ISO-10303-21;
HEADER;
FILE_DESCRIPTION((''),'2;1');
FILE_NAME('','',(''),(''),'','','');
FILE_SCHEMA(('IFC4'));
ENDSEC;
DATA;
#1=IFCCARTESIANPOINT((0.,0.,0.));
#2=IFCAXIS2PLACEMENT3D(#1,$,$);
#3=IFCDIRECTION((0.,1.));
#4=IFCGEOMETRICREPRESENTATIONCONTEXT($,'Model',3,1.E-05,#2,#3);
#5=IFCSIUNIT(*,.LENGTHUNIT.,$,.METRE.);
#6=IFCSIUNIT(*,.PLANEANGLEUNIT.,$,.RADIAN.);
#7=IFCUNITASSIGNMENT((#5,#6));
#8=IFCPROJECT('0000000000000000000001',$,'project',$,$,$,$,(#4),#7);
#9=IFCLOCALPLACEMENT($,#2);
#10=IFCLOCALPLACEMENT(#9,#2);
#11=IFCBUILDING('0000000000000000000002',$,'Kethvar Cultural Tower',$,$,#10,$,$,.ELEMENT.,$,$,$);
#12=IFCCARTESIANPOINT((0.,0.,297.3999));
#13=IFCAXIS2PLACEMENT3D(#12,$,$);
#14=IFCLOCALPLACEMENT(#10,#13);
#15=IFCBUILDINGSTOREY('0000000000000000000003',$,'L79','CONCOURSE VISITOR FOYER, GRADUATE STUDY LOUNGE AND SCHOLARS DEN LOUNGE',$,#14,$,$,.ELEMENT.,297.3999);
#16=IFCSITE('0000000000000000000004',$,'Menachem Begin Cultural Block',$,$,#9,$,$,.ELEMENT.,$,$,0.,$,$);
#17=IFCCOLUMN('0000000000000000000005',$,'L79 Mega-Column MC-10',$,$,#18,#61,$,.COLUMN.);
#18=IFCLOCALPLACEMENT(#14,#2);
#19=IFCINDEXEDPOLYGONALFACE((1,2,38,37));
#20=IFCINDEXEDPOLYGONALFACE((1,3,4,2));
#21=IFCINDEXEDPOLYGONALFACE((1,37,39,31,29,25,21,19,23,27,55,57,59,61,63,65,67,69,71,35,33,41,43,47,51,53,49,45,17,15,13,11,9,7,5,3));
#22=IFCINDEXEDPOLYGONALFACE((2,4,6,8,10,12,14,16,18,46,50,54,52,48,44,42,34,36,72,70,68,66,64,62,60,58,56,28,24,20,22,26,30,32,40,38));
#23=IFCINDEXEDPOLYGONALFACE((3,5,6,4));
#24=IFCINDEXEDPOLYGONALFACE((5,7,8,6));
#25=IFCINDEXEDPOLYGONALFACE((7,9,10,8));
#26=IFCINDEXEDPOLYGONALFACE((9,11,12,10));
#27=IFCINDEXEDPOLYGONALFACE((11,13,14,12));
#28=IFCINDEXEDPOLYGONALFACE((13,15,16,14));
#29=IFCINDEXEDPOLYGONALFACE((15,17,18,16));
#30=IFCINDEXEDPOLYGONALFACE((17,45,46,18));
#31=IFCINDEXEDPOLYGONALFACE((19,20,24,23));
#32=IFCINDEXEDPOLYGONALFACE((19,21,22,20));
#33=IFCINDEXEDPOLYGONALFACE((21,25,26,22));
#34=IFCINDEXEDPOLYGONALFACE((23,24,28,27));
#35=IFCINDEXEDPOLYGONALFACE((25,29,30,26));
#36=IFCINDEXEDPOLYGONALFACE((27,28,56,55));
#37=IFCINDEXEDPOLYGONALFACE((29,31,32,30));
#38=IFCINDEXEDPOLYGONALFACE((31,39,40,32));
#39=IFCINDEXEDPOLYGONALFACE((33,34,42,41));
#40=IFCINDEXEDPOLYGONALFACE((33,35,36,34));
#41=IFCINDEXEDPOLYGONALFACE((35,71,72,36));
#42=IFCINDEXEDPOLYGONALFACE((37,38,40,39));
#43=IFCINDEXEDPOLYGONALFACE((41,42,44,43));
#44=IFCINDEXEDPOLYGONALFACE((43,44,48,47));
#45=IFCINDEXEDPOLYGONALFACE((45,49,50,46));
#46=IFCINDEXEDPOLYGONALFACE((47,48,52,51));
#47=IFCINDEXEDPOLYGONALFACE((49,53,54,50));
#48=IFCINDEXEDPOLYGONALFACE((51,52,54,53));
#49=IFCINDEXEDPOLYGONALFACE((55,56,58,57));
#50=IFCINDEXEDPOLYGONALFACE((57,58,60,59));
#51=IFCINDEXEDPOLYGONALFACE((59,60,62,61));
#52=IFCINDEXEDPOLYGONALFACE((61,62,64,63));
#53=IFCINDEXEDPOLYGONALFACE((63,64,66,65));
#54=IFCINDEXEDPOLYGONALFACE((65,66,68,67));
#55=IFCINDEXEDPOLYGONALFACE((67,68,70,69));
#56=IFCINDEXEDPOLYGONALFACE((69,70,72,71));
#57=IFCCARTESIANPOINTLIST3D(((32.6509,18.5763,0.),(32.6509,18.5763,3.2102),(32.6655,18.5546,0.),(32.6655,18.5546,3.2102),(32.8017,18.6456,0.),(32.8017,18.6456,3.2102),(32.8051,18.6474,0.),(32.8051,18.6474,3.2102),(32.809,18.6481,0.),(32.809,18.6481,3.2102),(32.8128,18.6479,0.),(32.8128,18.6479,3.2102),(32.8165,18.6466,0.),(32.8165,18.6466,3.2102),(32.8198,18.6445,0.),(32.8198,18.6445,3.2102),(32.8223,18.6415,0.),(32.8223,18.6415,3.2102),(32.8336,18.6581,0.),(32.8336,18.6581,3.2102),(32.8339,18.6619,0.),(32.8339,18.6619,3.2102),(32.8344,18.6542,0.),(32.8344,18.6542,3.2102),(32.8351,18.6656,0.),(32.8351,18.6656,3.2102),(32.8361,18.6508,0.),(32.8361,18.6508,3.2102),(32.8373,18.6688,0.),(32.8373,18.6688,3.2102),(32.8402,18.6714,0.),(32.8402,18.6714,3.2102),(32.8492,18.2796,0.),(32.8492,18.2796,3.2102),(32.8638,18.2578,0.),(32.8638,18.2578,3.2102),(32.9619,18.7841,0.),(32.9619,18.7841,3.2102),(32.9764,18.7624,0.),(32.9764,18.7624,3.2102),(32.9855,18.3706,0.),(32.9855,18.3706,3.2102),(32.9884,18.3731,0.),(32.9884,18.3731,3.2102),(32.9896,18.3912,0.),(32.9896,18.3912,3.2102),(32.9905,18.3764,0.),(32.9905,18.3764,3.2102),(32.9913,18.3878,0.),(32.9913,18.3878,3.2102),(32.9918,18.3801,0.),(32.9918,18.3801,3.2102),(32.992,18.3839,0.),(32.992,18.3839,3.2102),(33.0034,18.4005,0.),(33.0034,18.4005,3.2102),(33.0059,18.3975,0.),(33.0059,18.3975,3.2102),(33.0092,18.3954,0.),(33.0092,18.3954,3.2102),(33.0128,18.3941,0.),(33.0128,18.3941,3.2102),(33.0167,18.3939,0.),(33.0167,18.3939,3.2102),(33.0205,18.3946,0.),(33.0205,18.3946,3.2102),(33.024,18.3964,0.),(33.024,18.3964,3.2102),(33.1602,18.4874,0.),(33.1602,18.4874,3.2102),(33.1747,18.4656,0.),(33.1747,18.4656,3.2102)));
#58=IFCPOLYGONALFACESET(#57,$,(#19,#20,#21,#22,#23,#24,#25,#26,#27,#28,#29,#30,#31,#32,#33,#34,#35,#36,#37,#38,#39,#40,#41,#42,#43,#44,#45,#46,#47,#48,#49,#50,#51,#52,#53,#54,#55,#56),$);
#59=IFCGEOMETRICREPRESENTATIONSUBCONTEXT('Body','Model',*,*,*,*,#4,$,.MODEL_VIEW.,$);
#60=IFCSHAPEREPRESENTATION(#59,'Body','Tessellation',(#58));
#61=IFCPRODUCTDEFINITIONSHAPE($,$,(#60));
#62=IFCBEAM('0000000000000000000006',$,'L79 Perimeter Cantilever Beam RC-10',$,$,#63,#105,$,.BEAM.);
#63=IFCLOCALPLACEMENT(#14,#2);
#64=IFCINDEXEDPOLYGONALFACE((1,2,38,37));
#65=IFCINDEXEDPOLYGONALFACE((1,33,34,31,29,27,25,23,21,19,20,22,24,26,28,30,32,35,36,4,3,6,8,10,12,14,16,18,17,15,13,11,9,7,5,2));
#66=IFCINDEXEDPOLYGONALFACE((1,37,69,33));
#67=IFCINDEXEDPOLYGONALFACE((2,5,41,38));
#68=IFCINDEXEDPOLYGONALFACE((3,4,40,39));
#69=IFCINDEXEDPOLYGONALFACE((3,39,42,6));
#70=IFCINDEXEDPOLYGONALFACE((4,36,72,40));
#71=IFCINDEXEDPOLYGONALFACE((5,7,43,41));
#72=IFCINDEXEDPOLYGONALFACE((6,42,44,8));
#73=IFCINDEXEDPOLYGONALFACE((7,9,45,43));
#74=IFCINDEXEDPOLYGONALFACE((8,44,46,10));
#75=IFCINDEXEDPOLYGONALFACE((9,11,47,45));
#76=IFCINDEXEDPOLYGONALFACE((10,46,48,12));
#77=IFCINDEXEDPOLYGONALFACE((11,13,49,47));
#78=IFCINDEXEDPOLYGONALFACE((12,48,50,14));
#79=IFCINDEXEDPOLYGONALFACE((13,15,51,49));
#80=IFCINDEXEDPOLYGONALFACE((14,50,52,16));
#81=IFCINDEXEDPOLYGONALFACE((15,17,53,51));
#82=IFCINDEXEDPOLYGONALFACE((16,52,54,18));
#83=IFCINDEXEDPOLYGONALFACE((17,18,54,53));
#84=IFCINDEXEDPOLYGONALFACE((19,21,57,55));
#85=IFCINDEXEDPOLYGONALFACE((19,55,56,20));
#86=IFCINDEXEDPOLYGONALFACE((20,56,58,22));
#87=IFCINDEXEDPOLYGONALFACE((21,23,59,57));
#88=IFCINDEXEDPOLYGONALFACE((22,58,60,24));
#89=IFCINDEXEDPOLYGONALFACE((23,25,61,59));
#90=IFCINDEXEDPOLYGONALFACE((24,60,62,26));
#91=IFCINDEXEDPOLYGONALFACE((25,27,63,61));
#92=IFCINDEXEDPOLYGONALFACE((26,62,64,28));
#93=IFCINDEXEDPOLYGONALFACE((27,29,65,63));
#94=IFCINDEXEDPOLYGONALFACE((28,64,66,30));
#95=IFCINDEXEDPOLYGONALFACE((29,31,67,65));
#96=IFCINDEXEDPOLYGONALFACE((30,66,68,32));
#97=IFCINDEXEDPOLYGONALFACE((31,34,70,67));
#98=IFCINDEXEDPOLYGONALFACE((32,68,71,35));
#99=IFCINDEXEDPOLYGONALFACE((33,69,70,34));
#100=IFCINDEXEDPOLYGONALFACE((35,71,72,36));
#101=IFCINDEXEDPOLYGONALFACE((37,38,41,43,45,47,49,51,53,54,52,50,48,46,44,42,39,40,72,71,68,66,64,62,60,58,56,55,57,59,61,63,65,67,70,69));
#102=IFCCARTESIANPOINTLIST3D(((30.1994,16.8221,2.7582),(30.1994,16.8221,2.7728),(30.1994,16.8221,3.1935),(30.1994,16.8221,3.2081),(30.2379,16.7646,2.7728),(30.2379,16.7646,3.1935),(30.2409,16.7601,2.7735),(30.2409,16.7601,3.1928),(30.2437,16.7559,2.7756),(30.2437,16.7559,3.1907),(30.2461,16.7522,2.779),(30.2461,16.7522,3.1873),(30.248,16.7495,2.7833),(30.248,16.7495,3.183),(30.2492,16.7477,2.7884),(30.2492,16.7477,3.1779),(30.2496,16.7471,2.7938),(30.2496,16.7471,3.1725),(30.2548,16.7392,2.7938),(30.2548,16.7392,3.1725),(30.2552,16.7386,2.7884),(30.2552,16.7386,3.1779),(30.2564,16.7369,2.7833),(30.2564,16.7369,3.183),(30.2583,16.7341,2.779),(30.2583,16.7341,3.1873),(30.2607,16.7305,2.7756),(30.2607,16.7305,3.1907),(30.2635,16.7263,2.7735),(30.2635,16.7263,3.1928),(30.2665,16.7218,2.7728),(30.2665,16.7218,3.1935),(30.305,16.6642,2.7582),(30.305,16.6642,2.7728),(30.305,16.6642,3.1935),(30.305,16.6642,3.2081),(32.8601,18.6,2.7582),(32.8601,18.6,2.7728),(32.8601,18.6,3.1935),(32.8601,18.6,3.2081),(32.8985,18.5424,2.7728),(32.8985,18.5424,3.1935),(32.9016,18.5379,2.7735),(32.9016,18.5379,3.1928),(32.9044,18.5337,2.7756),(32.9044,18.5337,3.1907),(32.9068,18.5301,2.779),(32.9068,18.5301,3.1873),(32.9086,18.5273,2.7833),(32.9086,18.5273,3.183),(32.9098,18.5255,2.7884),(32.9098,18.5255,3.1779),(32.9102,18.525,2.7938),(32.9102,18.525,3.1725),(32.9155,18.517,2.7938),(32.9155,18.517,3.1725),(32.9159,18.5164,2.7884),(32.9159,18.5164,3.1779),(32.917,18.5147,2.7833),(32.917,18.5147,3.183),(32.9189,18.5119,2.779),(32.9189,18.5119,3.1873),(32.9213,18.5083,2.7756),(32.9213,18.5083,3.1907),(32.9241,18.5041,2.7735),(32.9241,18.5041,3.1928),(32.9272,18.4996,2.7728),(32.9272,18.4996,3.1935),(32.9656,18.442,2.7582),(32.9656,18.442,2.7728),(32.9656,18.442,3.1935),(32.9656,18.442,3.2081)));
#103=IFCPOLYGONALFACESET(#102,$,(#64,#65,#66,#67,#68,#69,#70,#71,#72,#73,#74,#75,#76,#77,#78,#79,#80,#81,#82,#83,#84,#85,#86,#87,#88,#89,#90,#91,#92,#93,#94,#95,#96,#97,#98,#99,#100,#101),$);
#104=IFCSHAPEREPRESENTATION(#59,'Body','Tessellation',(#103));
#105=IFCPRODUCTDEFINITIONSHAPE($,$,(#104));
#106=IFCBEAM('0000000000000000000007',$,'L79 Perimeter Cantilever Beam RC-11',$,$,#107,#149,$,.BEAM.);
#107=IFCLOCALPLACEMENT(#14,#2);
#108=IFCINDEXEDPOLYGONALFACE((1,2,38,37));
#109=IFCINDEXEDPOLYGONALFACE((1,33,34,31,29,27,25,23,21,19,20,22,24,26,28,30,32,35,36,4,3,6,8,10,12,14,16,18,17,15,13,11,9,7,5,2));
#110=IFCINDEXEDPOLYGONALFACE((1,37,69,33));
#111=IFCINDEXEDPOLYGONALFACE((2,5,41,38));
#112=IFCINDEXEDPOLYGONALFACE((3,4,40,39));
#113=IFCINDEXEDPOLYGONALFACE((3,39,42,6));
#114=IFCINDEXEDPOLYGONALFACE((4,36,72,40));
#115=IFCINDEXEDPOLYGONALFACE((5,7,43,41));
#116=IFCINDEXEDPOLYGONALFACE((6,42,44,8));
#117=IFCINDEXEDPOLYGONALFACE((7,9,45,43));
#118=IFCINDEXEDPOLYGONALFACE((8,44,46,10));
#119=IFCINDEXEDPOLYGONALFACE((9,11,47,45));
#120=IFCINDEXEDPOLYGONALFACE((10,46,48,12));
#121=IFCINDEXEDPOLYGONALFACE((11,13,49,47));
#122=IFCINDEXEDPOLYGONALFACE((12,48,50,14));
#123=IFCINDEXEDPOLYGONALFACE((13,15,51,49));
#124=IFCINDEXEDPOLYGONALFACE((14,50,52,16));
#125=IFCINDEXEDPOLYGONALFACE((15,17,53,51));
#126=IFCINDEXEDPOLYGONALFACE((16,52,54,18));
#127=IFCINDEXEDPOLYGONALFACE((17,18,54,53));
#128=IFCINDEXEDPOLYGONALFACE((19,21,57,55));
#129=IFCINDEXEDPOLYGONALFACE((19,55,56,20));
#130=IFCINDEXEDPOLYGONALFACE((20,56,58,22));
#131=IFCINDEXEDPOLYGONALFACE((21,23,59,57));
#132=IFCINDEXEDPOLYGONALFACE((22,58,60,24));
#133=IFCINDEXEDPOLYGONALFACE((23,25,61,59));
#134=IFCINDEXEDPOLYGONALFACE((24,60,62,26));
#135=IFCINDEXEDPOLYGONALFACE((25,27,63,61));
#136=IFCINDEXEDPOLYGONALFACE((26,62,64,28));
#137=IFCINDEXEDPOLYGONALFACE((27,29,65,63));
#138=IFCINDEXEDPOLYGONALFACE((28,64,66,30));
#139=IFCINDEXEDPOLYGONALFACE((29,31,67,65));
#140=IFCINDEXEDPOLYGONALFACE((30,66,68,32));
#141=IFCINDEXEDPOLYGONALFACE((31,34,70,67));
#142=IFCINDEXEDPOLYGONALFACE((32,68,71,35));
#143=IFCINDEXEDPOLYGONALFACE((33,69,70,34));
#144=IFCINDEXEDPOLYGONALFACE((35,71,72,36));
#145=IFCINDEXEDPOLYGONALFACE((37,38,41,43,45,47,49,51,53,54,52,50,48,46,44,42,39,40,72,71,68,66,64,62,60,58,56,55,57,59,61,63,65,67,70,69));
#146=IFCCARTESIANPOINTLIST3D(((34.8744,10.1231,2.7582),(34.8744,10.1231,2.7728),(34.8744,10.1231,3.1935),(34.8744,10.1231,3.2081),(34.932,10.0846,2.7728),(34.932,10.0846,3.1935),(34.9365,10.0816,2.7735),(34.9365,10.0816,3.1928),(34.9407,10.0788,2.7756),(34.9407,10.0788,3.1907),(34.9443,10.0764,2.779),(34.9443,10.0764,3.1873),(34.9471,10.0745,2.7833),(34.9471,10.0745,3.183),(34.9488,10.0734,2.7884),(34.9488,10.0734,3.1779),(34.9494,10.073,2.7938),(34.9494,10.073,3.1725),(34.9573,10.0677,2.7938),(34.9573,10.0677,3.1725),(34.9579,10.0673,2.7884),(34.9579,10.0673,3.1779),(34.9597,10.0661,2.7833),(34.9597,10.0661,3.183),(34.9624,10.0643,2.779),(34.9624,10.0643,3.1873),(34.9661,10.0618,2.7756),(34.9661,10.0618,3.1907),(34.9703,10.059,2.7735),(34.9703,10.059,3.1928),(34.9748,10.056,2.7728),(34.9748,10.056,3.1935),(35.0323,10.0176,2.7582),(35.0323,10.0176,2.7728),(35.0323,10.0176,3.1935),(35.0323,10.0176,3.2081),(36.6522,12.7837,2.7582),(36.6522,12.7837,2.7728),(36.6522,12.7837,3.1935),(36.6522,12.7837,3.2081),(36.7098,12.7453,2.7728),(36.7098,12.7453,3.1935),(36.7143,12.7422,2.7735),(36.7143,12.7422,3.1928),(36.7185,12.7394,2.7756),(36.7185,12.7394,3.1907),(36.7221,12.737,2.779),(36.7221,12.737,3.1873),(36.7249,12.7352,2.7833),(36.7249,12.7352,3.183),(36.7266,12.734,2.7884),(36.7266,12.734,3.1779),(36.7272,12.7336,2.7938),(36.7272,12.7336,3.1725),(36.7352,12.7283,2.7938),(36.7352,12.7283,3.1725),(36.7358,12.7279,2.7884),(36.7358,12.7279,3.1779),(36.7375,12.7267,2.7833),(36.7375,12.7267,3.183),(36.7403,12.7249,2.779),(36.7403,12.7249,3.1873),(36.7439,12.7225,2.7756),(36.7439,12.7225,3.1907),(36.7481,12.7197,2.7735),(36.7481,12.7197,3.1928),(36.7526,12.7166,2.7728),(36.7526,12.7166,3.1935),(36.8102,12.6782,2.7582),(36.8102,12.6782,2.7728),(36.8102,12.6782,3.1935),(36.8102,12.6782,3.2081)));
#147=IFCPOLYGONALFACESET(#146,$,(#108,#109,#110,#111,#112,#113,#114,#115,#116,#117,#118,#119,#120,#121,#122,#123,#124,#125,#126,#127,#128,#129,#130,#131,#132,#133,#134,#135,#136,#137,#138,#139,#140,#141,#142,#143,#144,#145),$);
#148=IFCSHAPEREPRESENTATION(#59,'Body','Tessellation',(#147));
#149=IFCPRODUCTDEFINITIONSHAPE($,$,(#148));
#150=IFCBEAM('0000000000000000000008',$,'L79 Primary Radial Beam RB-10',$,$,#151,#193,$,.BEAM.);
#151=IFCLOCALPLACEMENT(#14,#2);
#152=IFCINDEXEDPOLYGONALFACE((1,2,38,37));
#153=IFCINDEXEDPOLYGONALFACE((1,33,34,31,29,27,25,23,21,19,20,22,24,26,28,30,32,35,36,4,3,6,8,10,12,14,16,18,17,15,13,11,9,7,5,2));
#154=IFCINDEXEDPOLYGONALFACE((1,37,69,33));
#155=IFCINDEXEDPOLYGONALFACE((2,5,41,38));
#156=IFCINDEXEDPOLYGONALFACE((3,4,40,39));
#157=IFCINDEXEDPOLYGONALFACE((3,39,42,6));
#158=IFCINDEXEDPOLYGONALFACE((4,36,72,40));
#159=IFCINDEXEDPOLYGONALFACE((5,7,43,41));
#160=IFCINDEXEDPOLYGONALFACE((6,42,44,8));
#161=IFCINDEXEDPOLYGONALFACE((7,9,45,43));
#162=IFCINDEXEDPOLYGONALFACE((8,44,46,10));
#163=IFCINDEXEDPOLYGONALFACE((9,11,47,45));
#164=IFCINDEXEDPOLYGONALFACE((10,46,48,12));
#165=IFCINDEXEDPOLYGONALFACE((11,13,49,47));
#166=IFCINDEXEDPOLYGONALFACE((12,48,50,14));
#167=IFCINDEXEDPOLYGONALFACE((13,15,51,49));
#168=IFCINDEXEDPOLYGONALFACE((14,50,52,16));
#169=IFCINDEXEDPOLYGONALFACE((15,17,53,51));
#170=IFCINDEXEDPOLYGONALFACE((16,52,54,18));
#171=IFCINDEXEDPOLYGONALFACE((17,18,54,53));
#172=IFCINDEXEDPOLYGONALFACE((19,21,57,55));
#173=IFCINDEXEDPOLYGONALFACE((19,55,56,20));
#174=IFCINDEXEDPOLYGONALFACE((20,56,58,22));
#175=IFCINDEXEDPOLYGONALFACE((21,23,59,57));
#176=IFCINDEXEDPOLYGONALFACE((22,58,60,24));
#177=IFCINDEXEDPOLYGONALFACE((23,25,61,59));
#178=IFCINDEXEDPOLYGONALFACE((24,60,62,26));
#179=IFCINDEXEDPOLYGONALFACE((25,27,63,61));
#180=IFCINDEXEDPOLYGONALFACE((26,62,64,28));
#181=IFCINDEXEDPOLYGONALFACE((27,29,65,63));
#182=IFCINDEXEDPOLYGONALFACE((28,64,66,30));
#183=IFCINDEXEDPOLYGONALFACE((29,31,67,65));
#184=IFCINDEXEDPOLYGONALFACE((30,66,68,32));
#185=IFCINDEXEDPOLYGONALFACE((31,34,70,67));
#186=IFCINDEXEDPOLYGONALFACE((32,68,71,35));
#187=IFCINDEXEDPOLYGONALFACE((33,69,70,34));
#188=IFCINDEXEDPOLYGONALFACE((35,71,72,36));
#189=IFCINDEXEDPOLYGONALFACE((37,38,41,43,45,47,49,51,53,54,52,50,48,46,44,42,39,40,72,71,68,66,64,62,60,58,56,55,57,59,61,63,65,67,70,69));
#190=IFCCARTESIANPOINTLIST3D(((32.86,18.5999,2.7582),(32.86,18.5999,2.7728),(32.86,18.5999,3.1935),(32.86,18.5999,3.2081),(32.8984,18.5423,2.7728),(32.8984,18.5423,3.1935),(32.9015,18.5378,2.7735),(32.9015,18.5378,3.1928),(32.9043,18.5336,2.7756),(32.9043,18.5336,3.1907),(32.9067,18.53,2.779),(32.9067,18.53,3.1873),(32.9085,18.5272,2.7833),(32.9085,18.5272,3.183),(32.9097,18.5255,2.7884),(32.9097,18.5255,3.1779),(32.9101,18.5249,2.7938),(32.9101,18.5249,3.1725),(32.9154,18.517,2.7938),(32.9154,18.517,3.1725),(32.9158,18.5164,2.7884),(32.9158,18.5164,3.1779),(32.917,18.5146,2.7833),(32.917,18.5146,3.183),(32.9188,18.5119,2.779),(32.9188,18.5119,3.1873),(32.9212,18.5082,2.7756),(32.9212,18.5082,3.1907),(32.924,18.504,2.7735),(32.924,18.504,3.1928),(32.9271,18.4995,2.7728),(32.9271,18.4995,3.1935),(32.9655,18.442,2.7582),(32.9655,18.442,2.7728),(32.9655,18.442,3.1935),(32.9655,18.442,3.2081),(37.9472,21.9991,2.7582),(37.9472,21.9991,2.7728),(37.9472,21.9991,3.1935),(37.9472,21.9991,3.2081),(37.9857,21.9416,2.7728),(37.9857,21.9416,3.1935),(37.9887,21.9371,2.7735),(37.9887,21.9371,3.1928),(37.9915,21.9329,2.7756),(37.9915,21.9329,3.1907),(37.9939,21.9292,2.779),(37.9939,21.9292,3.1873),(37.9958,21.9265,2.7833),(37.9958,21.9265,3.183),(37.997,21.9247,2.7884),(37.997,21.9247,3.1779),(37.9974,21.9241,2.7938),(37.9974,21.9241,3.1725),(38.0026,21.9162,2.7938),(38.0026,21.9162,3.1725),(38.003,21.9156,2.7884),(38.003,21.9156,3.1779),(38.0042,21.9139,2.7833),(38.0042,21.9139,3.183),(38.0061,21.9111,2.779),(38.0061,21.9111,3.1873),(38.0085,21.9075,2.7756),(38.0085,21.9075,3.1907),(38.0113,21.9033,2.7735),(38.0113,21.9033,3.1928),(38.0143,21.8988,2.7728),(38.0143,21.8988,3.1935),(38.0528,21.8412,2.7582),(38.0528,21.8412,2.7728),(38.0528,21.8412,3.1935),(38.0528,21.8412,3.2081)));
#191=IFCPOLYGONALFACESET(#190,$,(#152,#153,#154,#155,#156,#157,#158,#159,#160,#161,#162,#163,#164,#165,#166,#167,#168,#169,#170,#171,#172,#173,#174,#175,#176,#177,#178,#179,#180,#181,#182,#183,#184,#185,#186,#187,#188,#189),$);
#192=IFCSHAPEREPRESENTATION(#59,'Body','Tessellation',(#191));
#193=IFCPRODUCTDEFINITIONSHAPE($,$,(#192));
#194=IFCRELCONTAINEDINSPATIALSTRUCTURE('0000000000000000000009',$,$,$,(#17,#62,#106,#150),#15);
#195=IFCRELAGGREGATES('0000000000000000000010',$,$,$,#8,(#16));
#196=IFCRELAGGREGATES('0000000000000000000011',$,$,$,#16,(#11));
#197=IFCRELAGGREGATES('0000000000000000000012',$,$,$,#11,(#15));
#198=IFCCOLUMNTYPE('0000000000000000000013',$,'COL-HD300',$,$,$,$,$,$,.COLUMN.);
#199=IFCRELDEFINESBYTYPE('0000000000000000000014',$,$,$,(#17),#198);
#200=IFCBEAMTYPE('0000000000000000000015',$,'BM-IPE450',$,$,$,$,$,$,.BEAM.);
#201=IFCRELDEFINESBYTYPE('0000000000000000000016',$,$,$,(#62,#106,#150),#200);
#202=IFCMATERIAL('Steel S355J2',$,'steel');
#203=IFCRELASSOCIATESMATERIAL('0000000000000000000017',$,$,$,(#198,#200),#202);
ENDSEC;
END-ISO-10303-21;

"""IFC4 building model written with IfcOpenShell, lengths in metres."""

from ifc_helpers import new_model, si_unit, direction, frame, origin, origin_2d, place, context, subcontext, project, spatial, i_section, extrude, source, transform, mapped, material, material_profile, profile_set, type_object, element, save


model = new_model("IFC4")

# Units and contexts
model_context = context("Model", 3, precision=1e-05, world=origin(), true_north=direction((0.0, 1.0)))
body_context = subcontext(model_context, "Body", "Model", "MODEL_VIEW")
ifc_project = project(units=[si_unit("LENGTHUNIT", "METRE"), si_unit("PLANEANGLEUNIT", "RADIAN")], contexts=[model_context])

# Site, building, storey
site_placement = place(None, origin())
site = spatial("IfcSite", under=ifc_project, at=site_placement, Name="Menachem Begin Cultural Block", CompositionType="ELEMENT", RefElevation=0.0)
building_placement = place(site_placement, origin())
building = spatial("IfcBuilding", under=site, at=building_placement, Name="Kethvar Cultural Tower", CompositionType="ELEMENT")
storey_placement = place(building_placement, frame((0.0, 0.0, 297.3999)))
storey = spatial("IfcBuildingStorey", under=building, at=storey_placement, Name="L79", Description="CONCOURSE VISITOR FOYER, GRADUATE STUDY LOUNGE AND SCHOLARS DEN LOUNGE", CompositionType="ELEMENT", Elevation=297.3999)

# Column
ifc_material_1 = material(Name="Steel S355J2", Category="steel")
ifc_material_profile_1 = material_profile(ifc_material_1, i_section(OverallWidth=0.374, OverallDepth=0.3831, WebThickness=0.0166, FlangeThickness=0.0261, FilletRadius=0.0149, at=origin_2d()), Name="Steel S355J2 — HD360x300")
ifc_profile_set_1 = profile_set([ifc_material_profile_1], Name="Steel S355J2 — HD360x300")
column_type = type_object("IfcColumnType", Name="COL-HD300", PredefinedType="COLUMN", material=ifc_profile_set_1)
shared_shape_1 = source(origin(), body_context, "Body", "SweptSolid", [
    extrude(i_section(OverallWidth=0.374, OverallDepth=0.3831, WebThickness=0.0166, FlangeThickness=0.0261, FilletRadius=0.0149, at=origin_2d()), origin(), (0.0, 0.0, 1.0), 3.2102),
])
column_placement = place(storey_placement, frame((32.9128, 18.521, 0.0), z_axis=(0.0, 0.0, 1.0), x_axis=(-0.83147, -0.55557, 0.0)))
element("IfcColumn", 1, at=column_placement, inside=storey, type_object=column_type, Name="L79 Mega-Column MC-10", PredefinedType="COLUMN", context=body_context, shape_type="MappedRepresentation", body=[
    mapped(shared_shape_1, transform((0.0, 0.0, 0.0), scale=1.0)),
])

# Beams
ifc_material_profile_2 = material_profile(ifc_material_1, i_section(OverallWidth=0.1899, OverallDepth=0.45, WebThickness=0.0095, FlangeThickness=0.0146, FilletRadius=0.021, at=origin_2d()), Name="Steel S355J2 — IPE450")
ifc_profile_set_2 = profile_set([ifc_material_profile_2], Name="Steel S355J2 — IPE450")
beam_type_1 = type_object("IfcBeamType", Name="BM-IPE450", PredefinedType="BEAM", material=ifc_profile_set_2)
shared_shape_2 = source(origin(), body_context, "Body", "SweptSolid", [
    extrude(i_section(OverallWidth=0.1899, OverallDepth=0.45, WebThickness=0.0095, FlangeThickness=0.0146, FilletRadius=0.021, at=origin_2d()), origin(), (0.0, 0.0, 1.0), 3.2),
])
for number, where, z_axis, x_axis, name in (
    (2, (32.9128, 18.521, 2.9832), (-0.831463, -0.55558, 0.0), (0.55558, -0.831463, 0.0), "L79 Perimeter Cantilever Beam RC-10"),
    (3, (36.7312, 12.731, 2.9832), (-0.55558, -0.831463, 0.0), (0.831463, -0.55558, 0.0), "L79 Perimeter Cantilever Beam RC-11"),
):
    element("IfcBeam", number, at=place(storey_placement, frame(where, z_axis=z_axis, x_axis=x_axis)), inside=storey, type_object=beam_type_1, Name=name, PredefinedType="BEAM", context=body_context, shape_type="MappedRepresentation", body=[
        mapped(shared_shape_2, transform((0.0, 0.0, 0.0), scale=1.0)),
    ])
shared_shape_3 = source(origin(), body_context, "Body", "SweptSolid", [
    extrude(i_section(OverallWidth=0.1899, OverallDepth=0.45, WebThickness=0.0095, FlangeThickness=0.0146, FilletRadius=0.021, at=origin_2d()), origin(), (0.0, 0.0, 1.0), 6.1184),
])
beam_1_placement = place(storey_placement, frame((38.0, 21.9202, 2.9832), z_axis=(-0.831467, -0.555575, 0.0), x_axis=(0.555575, -0.831467, 0.0)))
element("IfcBeam", 4, at=beam_1_placement, inside=storey, type_object=beam_type_1, Name="L79 Primary Radial Beam RB-10", PredefinedType="BEAM", context=body_context, shape_type="MappedRepresentation", body=[
    mapped(shared_shape_3, transform((0.0, 0.0, 0.0), scale=1.0)),
])

save(model, "model.ifc")
